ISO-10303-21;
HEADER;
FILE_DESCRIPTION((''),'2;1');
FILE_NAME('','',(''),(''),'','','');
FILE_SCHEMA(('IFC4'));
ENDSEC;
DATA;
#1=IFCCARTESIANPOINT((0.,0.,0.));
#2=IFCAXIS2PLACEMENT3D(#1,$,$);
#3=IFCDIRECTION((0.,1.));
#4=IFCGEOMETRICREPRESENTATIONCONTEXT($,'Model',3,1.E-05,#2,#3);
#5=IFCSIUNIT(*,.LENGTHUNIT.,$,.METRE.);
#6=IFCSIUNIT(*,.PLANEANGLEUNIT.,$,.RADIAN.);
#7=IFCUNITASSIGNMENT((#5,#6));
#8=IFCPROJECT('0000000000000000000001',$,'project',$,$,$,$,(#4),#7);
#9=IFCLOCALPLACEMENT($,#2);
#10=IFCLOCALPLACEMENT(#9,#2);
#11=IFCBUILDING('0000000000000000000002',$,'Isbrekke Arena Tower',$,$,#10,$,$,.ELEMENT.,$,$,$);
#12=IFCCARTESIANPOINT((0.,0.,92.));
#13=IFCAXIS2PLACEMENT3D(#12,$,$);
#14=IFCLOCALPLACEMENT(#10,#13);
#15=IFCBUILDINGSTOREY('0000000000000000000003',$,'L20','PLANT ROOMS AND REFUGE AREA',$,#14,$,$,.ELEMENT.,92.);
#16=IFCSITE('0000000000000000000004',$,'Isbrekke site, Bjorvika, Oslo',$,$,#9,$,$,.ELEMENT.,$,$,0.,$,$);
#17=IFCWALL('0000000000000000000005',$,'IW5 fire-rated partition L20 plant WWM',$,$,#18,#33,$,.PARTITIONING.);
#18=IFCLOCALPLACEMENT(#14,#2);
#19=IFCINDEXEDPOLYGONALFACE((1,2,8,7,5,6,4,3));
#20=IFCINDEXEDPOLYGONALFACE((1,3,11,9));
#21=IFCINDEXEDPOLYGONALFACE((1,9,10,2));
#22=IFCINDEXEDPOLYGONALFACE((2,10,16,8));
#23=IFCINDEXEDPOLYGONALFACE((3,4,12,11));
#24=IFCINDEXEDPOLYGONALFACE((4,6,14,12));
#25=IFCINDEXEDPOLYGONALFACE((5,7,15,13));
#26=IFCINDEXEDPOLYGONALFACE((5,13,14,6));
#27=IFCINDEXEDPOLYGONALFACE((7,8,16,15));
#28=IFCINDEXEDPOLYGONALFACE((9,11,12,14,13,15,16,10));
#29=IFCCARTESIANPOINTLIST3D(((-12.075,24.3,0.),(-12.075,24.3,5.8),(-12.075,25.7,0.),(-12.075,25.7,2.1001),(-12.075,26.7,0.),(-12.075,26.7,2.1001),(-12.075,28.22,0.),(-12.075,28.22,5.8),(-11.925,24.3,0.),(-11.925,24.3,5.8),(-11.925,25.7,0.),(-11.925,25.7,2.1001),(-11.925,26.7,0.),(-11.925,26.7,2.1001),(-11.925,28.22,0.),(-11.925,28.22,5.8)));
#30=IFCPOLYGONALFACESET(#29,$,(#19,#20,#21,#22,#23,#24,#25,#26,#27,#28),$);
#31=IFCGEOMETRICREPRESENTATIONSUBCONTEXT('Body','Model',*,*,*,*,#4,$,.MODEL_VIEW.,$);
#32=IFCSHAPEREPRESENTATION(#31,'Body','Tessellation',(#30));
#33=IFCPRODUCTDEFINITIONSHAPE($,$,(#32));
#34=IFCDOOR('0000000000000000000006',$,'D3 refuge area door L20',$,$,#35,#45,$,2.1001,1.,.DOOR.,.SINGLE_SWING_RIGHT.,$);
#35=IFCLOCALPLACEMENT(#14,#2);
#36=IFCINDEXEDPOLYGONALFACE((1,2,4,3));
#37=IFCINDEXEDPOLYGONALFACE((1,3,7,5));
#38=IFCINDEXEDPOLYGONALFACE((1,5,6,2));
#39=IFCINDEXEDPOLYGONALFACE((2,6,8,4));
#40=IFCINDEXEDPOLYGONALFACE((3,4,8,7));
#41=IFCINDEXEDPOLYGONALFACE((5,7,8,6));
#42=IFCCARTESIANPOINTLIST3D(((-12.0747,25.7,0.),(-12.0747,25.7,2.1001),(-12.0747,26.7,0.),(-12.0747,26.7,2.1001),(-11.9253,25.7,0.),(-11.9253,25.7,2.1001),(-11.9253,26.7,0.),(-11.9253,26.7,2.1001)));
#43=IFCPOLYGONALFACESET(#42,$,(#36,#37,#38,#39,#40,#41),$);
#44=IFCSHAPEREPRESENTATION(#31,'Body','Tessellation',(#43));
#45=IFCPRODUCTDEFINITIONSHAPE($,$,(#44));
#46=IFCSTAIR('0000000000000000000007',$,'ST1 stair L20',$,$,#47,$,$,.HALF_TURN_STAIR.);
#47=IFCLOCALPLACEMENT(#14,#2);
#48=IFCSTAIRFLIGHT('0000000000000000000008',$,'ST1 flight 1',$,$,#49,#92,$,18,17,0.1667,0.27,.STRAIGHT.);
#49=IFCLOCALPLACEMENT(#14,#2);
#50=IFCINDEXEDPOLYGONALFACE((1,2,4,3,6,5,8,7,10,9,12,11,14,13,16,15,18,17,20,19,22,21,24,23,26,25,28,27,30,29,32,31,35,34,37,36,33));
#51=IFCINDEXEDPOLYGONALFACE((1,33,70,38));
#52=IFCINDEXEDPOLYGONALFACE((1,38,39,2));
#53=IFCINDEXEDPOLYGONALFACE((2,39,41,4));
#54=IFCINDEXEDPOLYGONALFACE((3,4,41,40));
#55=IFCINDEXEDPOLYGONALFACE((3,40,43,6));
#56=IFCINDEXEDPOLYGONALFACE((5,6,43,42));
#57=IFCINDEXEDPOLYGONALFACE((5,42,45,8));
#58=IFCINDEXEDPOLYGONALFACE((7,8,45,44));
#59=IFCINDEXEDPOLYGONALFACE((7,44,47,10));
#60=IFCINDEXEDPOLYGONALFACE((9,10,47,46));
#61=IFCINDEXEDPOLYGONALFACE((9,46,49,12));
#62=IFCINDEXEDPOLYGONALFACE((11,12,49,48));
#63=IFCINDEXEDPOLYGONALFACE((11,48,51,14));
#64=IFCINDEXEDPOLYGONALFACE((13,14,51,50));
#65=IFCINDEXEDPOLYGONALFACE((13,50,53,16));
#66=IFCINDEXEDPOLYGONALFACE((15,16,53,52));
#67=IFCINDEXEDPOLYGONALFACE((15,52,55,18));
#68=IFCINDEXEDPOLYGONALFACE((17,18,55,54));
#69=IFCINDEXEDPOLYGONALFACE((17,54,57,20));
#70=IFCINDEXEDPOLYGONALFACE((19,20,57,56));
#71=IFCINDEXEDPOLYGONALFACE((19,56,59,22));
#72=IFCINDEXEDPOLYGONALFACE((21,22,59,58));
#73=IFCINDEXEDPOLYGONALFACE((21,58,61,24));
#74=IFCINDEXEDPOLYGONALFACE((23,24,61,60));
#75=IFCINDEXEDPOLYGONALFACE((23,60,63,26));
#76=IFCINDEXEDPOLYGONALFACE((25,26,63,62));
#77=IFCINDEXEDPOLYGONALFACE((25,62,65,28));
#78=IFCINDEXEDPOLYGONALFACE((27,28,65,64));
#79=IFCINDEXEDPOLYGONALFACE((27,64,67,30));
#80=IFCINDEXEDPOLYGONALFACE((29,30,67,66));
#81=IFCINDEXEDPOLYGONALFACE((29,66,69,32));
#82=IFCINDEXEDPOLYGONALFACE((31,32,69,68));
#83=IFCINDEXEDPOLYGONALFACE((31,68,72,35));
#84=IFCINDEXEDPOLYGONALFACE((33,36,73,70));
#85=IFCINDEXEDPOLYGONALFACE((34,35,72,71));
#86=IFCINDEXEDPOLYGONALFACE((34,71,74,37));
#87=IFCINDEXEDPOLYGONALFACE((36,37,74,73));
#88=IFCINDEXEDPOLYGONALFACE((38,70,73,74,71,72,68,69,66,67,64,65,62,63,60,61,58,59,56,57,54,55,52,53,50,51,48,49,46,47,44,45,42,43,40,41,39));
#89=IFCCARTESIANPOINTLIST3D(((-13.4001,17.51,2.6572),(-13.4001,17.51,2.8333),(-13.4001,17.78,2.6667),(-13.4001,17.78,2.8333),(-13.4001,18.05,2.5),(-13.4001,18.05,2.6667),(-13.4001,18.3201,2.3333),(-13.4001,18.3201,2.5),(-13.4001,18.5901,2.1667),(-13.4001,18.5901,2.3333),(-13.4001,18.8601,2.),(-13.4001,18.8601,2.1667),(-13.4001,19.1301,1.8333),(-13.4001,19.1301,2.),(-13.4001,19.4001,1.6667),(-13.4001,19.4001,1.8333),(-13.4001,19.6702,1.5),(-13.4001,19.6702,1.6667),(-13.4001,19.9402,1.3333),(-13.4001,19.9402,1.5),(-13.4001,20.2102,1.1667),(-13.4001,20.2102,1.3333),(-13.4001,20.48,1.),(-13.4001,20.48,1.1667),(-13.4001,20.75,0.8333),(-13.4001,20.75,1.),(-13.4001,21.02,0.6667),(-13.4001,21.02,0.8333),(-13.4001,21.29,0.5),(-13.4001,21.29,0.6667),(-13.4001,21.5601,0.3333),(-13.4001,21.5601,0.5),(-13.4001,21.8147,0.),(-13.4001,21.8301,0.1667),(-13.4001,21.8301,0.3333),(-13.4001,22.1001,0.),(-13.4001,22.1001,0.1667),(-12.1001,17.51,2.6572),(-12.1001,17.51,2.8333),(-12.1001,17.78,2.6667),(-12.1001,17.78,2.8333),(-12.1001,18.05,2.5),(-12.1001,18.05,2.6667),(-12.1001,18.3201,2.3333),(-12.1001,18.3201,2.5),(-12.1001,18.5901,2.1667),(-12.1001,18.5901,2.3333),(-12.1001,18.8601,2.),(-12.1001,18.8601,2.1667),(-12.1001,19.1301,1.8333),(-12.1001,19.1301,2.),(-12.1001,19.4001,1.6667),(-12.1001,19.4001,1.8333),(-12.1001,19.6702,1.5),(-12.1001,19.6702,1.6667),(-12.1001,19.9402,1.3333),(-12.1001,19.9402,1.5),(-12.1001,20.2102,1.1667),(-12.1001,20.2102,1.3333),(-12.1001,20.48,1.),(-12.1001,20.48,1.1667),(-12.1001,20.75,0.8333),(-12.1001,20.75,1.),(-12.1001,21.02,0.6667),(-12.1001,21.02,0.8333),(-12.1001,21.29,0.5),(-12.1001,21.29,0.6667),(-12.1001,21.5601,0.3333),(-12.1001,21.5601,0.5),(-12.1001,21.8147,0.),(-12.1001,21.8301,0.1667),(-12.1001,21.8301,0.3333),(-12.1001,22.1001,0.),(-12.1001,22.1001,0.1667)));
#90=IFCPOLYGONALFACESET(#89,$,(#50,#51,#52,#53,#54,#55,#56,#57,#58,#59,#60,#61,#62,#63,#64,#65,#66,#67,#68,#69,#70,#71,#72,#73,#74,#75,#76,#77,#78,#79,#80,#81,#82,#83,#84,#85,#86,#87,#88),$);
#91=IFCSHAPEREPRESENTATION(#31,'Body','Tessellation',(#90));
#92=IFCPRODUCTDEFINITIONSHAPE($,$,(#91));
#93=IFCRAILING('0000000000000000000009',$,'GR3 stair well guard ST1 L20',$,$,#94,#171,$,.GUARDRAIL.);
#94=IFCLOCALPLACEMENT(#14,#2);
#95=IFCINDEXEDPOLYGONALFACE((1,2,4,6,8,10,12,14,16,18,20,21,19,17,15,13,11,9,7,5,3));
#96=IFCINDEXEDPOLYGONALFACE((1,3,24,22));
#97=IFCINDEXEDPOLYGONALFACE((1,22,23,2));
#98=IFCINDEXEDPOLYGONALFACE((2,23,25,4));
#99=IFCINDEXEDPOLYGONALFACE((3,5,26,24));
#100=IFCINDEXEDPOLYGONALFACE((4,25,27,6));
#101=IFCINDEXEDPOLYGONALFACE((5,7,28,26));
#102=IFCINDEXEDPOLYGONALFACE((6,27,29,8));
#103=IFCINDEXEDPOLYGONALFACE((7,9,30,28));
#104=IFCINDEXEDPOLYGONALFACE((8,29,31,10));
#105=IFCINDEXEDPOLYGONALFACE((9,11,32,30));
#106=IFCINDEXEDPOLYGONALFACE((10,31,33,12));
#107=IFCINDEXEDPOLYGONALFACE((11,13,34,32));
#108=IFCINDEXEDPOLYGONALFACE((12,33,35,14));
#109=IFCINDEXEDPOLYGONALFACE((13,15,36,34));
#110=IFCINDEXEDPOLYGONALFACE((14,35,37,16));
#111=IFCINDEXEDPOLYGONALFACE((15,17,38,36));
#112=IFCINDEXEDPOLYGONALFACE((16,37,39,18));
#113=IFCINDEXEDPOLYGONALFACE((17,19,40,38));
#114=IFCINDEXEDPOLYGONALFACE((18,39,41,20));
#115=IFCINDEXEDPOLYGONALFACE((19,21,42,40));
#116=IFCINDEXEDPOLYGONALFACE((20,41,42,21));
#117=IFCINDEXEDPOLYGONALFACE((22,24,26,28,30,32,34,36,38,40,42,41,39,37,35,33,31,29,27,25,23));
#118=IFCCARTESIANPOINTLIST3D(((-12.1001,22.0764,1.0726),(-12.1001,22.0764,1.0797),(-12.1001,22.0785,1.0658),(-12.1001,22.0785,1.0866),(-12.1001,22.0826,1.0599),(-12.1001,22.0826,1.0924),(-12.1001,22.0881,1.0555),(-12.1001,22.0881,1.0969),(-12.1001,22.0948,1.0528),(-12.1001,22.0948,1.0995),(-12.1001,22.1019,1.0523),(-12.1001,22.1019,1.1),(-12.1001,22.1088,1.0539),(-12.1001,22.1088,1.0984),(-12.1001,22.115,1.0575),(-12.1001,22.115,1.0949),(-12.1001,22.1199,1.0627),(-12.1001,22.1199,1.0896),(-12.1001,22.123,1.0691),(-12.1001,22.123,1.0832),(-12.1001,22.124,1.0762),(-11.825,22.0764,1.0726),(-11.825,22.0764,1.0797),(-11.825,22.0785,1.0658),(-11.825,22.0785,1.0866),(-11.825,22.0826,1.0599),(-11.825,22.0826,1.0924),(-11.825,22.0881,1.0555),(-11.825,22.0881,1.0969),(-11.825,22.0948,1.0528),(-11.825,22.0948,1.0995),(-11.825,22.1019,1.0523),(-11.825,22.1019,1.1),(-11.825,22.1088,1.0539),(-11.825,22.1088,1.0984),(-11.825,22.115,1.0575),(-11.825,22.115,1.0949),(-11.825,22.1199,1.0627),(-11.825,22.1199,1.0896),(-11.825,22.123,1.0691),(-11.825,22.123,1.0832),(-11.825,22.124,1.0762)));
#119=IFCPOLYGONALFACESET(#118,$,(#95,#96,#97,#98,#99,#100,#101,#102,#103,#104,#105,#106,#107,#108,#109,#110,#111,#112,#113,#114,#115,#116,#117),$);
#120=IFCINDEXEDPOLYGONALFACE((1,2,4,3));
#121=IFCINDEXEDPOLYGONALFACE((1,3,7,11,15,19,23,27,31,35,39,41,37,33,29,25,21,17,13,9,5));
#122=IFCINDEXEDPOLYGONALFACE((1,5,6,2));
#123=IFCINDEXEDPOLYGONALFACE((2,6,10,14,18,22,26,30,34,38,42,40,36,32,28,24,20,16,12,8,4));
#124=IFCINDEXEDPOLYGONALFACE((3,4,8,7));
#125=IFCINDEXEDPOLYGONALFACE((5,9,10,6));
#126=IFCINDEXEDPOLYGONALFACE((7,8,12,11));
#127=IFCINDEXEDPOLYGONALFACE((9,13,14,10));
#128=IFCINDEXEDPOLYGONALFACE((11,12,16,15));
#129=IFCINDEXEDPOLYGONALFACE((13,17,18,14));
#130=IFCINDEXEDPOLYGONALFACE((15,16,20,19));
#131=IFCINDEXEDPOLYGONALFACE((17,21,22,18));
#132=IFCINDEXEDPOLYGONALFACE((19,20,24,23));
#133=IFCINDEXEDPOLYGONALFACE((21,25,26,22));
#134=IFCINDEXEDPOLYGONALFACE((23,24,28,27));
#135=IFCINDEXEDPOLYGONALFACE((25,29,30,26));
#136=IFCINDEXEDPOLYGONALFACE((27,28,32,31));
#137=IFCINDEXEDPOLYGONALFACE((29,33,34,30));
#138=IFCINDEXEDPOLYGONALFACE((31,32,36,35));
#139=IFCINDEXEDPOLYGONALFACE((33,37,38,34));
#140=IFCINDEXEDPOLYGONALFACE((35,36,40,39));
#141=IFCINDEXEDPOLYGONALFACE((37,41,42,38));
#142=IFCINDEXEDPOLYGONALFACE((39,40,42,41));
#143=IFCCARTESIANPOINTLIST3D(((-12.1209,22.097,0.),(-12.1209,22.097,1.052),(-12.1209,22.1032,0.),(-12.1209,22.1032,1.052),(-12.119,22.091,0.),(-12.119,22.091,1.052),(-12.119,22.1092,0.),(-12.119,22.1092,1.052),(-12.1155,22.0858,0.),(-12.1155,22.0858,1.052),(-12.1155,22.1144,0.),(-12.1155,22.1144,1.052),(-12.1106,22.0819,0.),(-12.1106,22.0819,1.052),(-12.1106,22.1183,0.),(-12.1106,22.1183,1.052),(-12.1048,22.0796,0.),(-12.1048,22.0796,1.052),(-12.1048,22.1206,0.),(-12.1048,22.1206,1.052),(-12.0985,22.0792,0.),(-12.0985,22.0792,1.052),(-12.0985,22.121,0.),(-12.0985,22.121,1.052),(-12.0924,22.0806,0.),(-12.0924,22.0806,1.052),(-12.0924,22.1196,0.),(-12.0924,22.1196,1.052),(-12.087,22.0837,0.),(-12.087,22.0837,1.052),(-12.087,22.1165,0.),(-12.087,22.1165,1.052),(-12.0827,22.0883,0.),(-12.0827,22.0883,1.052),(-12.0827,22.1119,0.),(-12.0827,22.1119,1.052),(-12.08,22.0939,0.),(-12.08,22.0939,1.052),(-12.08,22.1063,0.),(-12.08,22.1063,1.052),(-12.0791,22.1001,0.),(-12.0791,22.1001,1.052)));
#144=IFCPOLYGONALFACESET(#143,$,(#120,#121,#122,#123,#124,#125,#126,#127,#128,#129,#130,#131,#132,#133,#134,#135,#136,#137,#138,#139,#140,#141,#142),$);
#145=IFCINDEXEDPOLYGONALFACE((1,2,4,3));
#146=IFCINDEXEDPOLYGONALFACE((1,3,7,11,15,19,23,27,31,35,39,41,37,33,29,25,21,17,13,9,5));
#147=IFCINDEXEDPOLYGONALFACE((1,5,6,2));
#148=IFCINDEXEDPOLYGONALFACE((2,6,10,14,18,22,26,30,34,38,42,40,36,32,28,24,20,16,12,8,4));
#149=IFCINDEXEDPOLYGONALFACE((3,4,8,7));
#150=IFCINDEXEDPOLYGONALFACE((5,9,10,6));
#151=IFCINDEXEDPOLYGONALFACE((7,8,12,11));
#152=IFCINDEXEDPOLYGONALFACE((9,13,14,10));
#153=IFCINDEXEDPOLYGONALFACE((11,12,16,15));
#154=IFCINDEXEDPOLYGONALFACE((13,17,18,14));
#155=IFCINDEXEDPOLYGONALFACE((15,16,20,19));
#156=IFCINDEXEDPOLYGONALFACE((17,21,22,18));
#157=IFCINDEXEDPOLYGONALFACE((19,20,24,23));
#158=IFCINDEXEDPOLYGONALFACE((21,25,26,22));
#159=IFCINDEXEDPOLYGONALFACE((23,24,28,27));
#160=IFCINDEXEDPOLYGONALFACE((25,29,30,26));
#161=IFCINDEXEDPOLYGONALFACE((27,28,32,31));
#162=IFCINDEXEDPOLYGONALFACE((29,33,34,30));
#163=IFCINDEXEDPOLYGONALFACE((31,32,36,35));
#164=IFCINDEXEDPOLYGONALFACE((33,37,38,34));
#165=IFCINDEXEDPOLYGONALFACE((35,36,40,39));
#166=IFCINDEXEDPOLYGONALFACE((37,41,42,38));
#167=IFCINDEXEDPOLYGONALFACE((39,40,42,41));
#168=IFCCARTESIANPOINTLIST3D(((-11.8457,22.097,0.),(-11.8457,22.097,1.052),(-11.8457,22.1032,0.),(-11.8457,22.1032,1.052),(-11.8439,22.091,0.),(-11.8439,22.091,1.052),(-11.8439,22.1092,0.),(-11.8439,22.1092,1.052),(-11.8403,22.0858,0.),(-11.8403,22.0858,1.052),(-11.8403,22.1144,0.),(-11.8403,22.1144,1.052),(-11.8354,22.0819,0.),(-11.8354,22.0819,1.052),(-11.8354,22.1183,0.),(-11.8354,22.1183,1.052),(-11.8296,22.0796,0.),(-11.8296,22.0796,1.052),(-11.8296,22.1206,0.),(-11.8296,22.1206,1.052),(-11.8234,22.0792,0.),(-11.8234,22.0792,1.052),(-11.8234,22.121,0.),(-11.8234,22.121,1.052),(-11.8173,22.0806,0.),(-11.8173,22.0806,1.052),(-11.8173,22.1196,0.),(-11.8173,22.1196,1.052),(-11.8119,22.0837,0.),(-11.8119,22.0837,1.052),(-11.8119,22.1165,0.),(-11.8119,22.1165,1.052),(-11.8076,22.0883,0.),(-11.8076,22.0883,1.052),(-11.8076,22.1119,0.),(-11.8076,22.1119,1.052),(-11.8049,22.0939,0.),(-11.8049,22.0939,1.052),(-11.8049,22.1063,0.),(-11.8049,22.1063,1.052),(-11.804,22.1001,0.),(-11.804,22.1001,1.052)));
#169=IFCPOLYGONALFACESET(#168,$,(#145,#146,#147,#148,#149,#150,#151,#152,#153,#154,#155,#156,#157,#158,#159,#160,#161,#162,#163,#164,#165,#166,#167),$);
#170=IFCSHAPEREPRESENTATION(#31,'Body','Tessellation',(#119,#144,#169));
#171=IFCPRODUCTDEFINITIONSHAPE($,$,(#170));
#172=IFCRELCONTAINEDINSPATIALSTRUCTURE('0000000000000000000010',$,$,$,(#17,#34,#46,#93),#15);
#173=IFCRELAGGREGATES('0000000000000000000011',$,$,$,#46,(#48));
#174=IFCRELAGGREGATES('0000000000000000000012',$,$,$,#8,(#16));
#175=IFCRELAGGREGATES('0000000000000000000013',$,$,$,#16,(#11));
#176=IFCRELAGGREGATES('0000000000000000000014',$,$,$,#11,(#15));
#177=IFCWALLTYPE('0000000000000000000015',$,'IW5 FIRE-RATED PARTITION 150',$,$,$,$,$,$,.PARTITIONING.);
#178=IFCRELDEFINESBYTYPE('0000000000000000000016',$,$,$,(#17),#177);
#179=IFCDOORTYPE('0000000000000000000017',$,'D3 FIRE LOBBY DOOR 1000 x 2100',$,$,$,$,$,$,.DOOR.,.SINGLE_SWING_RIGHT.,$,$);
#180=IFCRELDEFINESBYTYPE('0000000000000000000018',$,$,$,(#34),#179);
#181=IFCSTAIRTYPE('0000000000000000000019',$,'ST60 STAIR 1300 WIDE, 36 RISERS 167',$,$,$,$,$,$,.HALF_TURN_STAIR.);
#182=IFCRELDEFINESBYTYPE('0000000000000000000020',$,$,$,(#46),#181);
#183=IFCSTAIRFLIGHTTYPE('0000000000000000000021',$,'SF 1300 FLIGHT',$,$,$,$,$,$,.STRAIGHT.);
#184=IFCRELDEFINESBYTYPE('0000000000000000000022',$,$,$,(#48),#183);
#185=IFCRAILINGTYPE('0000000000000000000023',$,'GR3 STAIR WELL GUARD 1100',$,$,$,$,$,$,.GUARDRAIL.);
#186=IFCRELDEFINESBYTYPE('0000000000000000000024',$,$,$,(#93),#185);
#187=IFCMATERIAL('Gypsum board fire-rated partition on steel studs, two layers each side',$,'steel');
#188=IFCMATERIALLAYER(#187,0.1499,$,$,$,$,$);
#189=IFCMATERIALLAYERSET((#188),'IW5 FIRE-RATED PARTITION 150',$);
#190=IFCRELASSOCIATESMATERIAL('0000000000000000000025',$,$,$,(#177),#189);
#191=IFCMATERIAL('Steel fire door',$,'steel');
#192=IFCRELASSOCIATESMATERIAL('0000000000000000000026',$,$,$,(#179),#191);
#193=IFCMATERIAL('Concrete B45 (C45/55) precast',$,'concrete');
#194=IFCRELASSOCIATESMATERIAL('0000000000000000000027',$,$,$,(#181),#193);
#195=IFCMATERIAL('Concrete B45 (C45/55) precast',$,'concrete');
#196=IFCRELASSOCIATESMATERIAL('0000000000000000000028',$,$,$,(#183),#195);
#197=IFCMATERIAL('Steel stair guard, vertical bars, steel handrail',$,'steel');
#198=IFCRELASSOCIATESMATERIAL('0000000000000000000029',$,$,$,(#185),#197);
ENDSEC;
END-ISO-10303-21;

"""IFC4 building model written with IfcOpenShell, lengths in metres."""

from ifc_helpers import new_model, si_unit, direction, frame, frame_2d, origin, origin_2d, place, context, subcontext, project, spatial, polyline, rectangle, circle, outline, extrude, material, layer, layer_set, type_object, element, fill, aggregate, save


model = new_model("IFC4")

# Units and contexts
model_context = context("Model", 3, precision=1e-05, world=origin(), true_north=direction((0.0, 1.0)))
body_context = subcontext(model_context, "Body", "Model", "MODEL_VIEW")
ifc_project = project(units=[si_unit("LENGTHUNIT", "METRE"), si_unit("PLANEANGLEUNIT", "RADIAN")], contexts=[model_context])

# Site, building, storey
site_placement = place(None, origin())
site = spatial("IfcSite", under=ifc_project, at=site_placement, Name="Isbrekke site, Bjorvika, Oslo", CompositionType="ELEMENT", RefElevation=0.0)
building_placement = place(site_placement, origin())
building = spatial("IfcBuilding", under=site, at=building_placement, Name="Isbrekke Arena Tower", CompositionType="ELEMENT")
storey_placement = place(building_placement, frame((0.0, 0.0, 92.0)))
storey = spatial("IfcBuildingStorey", under=building, at=storey_placement, Name="L20", Description="PLANT ROOMS AND REFUGE AREA", CompositionType="ELEMENT", Elevation=92.0)

# Wall, opening, door
ifc_material_1 = material(Name="Gypsum board fire-rated partition on steel studs, two layers each side", Category="steel")
ifc_layer_1 = layer(ifc_material_1, 0.1499)
ifc_layer_set_1 = layer_set([ifc_layer_1], Name="IW5 FIRE-RATED PARTITION 150")
wall_type_1 = type_object("IfcWallType", Name="IW5 FIRE-RATED PARTITION 150", PredefinedType="PARTITIONING", material=ifc_layer_set_1)
wall_1_placement = place(storey_placement, frame((-12.0, 24.3, 0.0), z_axis=(0.0, 0.0, 1.0), x_axis=(0.0, 1.0, 0.0)))
wall_1 = element("IfcWall", 1, at=wall_1_placement, inside=storey, type_object=wall_type_1, Name="IW5 fire-rated partition L20 plant WWM", PredefinedType="PARTITIONING", context=body_context, shape_type="SweptSolid", body=[
    extrude(rectangle(XDim=3.9199, YDim=0.1499, at=frame_2d((1.96, 0.0))), origin(), (0.0, 0.0, 1.0), 5.8),
])
opening_placement = place(wall_1_placement, frame((1.3999, 0.0, 0.0)))
opening = element("IfcOpeningElement", 2, at=opening_placement, cuts=wall_1, PredefinedType="OPENING", context=body_context, shape_type="SweptSolid", body=[
    extrude(rectangle(XDim=1.0, YDim=2.1001, at=frame_2d((0.5, 1.05))), frame((0.0, 0.0898, 0.0), z_axis=(0.0, -1.0, 0.0), x_axis=(1.0, 0.0, 0.0)), (0.0, 0.0, 1.0), 0.1797),
])
ifc_material_2 = material(Name="Steel fire door", Category="steel")
door_type = type_object("IfcDoorType", Name="D3 FIRE LOBBY DOOR 1000 x 2100", OperationType="SINGLE_SWING_RIGHT", PredefinedType="DOOR", material=ifc_material_2)
door_placement = place(opening_placement, origin())
door = element("IfcDoor", 3, at=door_placement, inside=storey, type_object=door_type, Name="D3 refuge area door L20", OperationType="SINGLE_SWING_RIGHT", OverallHeight=2.1001, OverallWidth=1.0, PredefinedType="DOOR", context=body_context, shape_type="SweptSolid", body=[
    extrude(rectangle(XDim=1.0, YDim=2.1001, at=frame_2d((0.5, 1.05))), frame((0.0, 0.0747, 0.0), z_axis=(0.0, -1.0, 0.0), x_axis=(1.0, 0.0, 0.0)), (0.0, 0.0, 1.0), 0.1494),
])
fill(opening, door)

# Stair, stair flight
ifc_material_3 = material(Name="Concrete B45 (C45/55) precast", Category="concrete")
stair_type = type_object("IfcStairType", Name="ST60 STAIR 1300 WIDE, 36 RISERS 167", PredefinedType="HALF_TURN_STAIR", material=ifc_material_3)
stair_placement = place(storey_placement, origin())
stair = element("IfcStair", 4, at=stair_placement, inside=storey, type_object=stair_type, Name="ST1 stair L20", PredefinedType="HALF_TURN_STAIR")
ifc_material_4 = material(Name="Concrete B45 (C45/55) precast", Category="concrete")
stair_flight_type = type_object("IfcStairFlightType", Name="SF 1300 FLIGHT", PredefinedType="STRAIGHT", material=ifc_material_4)
stair_flight_placement = place(storey_placement, frame((-12.75, 22.1001, 0.0), z_axis=(0.0, 0.0, 1.0), x_axis=(0.0, -1.0, 0.0)))
stair_flight = element("IfcStairFlight", 5, at=stair_flight_placement, type_object=stair_flight_type, Name="ST1 flight 1", NumberOfRisers=18, NumberOfTreads=17, PredefinedType="STRAIGHT", RiserHeight=0.1667, TreadLength=0.27, context=body_context, shape_type="SweptSolid", body=[
    extrude(outline(polyline([(0.0, 0.0), (0.0, 0.1667), (0.27, 0.1667), (0.27, 0.3333), (0.54, 0.3333), (0.54, 0.5), (0.8101, 0.5), (0.8101, 0.6667), (1.0801, 0.6667), (1.0801, 0.8333), (1.3501, 0.8333), (1.3501, 1.0), (1.6201, 1.0), (1.6201, 1.1667), (1.8899, 1.1667), (1.8899, 1.3333), (2.1599, 1.3333), (2.1599, 1.5), (2.4299, 1.5), (2.4299, 1.6667), (2.7, 1.6667), (2.7, 1.8333), (2.97, 1.8333), (2.97, 2.0), (3.24, 2.0), (3.24, 2.1667), (3.51, 2.1667), (3.51, 2.3333), (3.78, 2.3333), (3.78, 2.5), (4.05, 2.5), (4.05, 2.6667), (4.3201, 2.6667), (4.3201, 2.8333), (4.5901, 2.8333), (4.5901, 3.0), (4.5901, 2.6572), (0.2854, 0.0), (0.0, 0.0)])), frame((0.0, 0.6499, 0.0), z_axis=(0.0, -1.0, 0.0), x_axis=(1.0, 0.0, 0.0)), (0.0, 0.0, 1.0), 1.3),
])
aggregate(stair, [stair_flight])

# Railing
ifc_material_5 = material(Name="Steel stair guard, vertical bars, steel handrail", Category="steel")
railing_type = type_object("IfcRailingType", Name="GR3 STAIR WELL GUARD 1100", PredefinedType="GUARDRAIL", material=ifc_material_5)
railing_placement = place(storey_placement, frame((-12.1001, 22.1001, 0.0)))
element("IfcRailing", 6, at=railing_placement, inside=storey, type_object=railing_type, Name="GR3 stair well guard ST1 L20", PredefinedType="GUARDRAIL", context=body_context, shape_type="SweptSolid", body=[
    extrude(circle(Radius=0.0239, at=origin_2d()), frame((0.0, 0.0, 1.0762), z_axis=(1.0, 0.0, 0.0), x_axis=(0.0, 1.0, 0.0)), (0.0, 0.0, 1.0), 0.2751),
    extrude(circle(Radius=0.021, at=origin_2d()), origin(), (0.0, 0.0, 1.0), 1.052),
    extrude(circle(Radius=0.021, at=origin_2d()), frame((0.2751, 0.0, 0.0)), (0.0, 0.0, 1.0), 1.052),
])

save(model, "model.ifc")
